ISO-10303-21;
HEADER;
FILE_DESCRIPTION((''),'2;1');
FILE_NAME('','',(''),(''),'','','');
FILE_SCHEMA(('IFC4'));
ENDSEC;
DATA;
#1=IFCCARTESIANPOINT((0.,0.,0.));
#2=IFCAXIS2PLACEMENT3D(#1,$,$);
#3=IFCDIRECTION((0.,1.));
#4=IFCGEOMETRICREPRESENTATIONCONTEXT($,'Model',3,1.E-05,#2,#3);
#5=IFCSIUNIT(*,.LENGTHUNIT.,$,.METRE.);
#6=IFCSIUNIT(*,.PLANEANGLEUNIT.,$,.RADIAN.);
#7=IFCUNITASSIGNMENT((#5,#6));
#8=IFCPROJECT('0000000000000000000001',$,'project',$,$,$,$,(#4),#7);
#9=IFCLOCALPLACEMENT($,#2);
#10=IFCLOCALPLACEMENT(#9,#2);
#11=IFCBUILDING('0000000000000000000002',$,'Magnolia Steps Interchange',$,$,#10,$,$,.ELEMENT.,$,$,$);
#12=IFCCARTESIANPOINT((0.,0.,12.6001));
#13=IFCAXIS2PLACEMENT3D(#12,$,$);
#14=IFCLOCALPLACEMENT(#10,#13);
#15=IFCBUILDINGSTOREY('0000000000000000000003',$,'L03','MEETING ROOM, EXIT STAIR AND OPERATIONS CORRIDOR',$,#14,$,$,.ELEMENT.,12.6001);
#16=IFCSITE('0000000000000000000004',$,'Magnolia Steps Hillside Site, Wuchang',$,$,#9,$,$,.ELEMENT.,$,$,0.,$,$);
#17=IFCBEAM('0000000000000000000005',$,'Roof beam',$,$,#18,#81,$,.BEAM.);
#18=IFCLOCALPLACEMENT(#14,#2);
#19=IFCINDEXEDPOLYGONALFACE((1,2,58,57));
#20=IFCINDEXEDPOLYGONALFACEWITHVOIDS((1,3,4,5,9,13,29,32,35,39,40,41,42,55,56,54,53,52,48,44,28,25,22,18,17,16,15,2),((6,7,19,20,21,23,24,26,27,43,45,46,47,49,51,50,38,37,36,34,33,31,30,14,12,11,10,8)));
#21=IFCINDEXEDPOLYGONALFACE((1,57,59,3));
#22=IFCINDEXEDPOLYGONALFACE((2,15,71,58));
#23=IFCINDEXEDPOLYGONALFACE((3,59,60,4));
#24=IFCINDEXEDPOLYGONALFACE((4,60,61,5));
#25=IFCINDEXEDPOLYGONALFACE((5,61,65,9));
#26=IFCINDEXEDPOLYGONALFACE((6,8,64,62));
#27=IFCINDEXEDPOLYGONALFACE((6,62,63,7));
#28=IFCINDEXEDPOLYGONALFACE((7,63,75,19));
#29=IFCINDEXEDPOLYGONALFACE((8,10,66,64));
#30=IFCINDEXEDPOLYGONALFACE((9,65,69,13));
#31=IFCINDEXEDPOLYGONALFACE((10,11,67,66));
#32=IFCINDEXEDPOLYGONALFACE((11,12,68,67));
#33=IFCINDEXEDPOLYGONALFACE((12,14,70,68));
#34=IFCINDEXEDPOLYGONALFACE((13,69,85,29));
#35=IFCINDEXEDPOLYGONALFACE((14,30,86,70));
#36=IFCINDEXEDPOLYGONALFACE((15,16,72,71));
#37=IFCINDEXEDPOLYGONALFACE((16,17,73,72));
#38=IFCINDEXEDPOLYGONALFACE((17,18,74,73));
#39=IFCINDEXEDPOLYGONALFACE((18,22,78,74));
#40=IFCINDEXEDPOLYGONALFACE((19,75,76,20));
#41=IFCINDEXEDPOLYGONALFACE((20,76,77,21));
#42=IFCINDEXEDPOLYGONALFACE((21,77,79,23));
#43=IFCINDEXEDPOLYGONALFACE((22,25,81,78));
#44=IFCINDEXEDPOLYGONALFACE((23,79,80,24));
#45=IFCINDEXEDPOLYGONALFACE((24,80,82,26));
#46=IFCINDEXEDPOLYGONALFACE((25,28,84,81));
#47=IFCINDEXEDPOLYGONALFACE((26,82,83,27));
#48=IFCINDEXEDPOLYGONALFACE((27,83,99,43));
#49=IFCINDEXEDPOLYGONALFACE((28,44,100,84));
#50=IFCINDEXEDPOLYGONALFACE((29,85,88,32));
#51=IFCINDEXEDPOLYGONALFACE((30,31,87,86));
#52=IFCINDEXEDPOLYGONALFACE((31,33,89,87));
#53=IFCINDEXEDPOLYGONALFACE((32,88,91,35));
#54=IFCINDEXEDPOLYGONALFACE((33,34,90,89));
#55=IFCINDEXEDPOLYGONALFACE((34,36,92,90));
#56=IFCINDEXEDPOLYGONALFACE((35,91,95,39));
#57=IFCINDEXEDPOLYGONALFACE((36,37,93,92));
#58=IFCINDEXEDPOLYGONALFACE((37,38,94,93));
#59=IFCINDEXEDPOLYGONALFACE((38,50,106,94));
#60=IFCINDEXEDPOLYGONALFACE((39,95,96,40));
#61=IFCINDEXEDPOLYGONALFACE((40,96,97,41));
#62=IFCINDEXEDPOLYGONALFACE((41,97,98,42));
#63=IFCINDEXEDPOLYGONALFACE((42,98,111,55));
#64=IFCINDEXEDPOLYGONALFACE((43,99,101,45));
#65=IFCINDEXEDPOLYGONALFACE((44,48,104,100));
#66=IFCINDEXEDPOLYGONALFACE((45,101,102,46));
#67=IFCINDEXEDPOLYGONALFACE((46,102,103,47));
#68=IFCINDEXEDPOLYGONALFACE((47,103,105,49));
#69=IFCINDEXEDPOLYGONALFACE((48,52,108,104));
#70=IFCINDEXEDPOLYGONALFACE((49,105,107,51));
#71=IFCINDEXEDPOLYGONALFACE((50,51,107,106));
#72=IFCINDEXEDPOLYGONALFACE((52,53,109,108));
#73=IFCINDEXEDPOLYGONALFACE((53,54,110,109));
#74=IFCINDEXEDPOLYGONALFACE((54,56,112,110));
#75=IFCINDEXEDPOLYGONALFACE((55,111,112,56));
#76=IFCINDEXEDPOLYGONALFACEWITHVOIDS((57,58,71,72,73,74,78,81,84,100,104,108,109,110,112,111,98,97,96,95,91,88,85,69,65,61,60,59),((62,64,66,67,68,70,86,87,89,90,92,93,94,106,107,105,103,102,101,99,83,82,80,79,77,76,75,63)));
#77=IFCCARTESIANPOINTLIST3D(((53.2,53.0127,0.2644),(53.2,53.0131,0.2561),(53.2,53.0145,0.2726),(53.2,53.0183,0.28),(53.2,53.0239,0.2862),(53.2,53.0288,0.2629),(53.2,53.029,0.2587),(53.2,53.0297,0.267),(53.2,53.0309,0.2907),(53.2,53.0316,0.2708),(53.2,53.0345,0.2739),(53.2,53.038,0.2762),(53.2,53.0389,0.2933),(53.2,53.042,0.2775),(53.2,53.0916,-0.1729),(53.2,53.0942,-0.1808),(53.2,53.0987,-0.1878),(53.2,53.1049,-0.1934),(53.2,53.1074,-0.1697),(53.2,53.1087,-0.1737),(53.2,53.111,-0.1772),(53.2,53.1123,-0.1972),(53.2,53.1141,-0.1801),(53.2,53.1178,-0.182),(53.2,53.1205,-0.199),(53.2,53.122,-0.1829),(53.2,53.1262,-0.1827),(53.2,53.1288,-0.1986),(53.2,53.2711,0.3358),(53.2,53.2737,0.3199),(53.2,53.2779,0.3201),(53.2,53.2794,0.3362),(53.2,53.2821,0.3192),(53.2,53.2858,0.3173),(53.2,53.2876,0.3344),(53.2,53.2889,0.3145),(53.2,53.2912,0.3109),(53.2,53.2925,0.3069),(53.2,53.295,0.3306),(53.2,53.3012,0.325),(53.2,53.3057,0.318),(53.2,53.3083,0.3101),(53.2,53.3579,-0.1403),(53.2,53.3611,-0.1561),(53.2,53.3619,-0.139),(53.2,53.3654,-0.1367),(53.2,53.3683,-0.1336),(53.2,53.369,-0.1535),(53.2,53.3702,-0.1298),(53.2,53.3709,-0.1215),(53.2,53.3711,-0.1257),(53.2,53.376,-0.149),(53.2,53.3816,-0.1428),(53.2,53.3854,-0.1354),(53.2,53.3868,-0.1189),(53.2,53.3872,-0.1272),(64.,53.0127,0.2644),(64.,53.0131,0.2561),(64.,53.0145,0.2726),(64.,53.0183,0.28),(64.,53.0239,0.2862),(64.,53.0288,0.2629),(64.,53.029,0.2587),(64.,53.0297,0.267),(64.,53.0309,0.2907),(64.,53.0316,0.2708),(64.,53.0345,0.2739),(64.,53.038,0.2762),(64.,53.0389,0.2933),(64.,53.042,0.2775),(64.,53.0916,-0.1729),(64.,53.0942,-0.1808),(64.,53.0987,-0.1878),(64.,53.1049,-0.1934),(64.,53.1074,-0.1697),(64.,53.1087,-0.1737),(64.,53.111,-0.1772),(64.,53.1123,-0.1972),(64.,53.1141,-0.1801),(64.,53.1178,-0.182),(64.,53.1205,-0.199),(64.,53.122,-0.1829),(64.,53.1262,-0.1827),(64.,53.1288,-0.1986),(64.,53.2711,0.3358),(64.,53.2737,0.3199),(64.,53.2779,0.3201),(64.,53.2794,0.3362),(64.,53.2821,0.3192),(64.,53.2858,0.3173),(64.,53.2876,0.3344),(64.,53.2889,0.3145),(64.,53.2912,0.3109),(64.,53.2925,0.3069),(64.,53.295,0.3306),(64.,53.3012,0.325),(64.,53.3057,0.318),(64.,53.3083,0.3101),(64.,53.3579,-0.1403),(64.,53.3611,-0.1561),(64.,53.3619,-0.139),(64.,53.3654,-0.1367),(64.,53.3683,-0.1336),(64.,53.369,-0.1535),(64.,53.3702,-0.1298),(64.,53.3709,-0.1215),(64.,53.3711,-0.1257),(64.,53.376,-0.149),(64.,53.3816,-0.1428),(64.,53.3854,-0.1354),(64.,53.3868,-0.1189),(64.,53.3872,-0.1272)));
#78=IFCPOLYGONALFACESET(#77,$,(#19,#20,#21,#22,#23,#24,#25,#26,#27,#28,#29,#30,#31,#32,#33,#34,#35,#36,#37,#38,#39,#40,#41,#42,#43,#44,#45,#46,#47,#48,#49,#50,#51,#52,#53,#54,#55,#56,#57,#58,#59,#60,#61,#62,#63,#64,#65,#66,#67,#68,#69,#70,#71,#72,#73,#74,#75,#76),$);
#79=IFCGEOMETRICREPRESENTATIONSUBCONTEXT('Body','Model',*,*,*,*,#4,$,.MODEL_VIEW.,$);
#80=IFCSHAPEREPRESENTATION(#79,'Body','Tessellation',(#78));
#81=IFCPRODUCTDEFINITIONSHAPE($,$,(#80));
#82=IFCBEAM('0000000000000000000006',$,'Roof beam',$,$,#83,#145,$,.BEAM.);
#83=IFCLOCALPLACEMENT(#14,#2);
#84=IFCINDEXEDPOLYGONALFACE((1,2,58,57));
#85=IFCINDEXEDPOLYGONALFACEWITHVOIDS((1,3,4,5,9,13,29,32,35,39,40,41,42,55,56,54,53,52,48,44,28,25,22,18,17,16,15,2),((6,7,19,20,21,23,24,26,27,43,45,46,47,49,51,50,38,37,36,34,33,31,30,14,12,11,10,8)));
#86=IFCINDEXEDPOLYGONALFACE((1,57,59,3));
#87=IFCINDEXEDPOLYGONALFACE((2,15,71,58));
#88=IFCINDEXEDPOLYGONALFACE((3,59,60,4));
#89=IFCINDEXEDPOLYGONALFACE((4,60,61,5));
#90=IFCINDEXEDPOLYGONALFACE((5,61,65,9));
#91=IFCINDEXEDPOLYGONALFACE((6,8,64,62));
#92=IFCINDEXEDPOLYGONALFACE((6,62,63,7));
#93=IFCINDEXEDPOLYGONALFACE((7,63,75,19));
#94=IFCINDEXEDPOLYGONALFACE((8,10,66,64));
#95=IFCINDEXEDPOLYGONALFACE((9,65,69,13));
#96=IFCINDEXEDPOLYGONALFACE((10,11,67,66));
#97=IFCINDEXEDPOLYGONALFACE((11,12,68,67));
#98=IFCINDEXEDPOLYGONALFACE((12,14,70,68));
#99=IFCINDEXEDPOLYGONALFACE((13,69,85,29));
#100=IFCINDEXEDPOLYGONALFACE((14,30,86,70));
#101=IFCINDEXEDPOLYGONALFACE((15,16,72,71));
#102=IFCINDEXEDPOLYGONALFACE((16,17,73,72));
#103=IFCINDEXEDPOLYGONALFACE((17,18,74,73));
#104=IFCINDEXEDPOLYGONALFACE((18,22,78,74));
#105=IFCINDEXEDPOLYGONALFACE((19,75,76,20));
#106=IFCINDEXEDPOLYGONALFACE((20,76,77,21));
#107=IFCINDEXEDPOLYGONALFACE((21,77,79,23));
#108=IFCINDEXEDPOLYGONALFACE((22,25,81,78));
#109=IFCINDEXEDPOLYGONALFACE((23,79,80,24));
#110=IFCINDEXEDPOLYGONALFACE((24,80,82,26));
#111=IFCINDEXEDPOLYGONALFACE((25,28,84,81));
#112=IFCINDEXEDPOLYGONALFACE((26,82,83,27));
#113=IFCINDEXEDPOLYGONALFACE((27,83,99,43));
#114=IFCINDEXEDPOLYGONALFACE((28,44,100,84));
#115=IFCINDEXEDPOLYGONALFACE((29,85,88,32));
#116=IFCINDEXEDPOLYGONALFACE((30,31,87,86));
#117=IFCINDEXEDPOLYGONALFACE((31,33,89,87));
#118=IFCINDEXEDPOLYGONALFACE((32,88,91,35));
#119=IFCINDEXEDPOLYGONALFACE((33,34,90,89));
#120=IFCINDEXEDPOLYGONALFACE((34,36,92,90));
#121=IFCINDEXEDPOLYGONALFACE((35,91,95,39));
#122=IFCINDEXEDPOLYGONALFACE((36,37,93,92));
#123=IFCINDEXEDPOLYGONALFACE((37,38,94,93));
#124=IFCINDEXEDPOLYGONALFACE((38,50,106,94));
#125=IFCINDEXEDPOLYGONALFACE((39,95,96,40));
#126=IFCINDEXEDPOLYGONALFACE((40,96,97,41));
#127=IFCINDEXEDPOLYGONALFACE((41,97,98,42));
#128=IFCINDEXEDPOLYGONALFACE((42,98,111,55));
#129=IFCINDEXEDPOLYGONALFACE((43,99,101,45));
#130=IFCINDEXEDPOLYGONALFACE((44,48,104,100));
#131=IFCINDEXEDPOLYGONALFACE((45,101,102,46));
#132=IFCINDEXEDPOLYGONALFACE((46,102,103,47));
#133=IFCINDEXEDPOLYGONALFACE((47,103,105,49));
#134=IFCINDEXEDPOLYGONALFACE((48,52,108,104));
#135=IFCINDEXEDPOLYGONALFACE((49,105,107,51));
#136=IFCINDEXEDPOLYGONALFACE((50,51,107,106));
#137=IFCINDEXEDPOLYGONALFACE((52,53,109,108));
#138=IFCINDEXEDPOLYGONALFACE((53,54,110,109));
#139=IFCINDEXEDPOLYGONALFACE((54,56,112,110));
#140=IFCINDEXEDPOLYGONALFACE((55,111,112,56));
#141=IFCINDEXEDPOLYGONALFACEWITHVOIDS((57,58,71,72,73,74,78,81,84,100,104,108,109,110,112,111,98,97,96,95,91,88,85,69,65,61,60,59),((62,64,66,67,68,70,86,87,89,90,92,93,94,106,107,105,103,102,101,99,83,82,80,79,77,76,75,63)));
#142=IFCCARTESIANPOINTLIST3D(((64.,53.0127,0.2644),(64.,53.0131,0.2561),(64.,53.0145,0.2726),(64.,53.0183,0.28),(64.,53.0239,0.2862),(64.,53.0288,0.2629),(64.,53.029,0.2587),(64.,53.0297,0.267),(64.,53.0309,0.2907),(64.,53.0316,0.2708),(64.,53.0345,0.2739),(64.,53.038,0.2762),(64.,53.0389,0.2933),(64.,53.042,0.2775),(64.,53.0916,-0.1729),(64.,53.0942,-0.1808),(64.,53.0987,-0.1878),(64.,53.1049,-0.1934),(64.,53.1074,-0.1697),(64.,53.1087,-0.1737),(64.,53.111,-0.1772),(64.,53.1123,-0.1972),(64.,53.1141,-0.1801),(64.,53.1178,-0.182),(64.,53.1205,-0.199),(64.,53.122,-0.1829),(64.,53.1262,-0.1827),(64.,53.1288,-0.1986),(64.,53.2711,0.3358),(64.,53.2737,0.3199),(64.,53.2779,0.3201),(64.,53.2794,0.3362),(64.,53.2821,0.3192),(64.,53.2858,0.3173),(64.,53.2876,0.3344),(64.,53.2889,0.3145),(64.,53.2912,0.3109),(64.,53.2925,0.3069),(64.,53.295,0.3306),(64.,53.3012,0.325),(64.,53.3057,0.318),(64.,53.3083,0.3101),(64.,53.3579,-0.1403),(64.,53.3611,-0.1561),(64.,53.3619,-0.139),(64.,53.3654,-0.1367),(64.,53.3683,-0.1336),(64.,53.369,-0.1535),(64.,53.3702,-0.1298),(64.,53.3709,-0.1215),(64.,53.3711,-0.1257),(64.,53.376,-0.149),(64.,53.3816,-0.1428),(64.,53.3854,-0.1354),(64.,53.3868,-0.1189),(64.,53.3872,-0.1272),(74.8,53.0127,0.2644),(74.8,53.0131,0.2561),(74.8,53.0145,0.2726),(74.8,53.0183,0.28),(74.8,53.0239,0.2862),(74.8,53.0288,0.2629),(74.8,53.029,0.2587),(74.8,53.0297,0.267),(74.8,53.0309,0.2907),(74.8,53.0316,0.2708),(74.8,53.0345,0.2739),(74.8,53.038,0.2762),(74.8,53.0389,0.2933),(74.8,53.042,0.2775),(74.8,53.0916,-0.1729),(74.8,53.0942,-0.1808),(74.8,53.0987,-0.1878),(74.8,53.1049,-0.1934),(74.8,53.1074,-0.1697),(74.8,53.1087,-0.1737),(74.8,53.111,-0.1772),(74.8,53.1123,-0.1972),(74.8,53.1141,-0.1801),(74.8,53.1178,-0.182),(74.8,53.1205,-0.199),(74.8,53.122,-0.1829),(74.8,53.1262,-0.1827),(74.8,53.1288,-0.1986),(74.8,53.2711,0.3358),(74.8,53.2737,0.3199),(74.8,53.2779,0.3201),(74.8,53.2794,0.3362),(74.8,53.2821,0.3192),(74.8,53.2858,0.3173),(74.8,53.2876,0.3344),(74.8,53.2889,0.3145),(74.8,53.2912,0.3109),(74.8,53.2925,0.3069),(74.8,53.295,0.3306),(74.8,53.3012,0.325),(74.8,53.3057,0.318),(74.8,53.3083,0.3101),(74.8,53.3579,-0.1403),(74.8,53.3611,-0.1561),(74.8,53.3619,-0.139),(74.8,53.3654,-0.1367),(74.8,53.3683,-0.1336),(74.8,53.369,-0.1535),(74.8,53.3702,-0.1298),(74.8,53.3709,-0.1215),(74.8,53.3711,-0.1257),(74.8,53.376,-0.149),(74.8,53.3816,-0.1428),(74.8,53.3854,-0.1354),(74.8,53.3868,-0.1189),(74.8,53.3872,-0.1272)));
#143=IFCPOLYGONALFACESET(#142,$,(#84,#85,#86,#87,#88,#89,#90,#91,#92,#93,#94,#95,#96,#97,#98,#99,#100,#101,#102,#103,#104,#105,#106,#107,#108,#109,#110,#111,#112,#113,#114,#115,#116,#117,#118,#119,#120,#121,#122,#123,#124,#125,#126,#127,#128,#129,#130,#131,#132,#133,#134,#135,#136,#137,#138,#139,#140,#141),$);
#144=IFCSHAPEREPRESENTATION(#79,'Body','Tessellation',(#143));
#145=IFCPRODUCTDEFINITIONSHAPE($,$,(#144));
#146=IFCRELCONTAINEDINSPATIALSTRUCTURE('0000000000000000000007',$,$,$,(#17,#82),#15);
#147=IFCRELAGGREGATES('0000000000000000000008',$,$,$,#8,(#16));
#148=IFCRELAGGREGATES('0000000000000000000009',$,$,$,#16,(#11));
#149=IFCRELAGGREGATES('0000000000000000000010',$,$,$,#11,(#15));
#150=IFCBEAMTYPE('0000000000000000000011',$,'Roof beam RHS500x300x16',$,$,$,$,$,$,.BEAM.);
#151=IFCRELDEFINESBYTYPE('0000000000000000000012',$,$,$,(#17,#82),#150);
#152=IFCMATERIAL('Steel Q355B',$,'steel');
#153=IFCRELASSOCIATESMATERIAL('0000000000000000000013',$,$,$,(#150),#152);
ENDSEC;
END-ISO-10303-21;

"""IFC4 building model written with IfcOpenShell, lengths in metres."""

from ifc_helpers import new_model, si_unit, direction, frame, origin, origin_2d, place, context, subcontext, project, spatial, hollow_rectangle, extrude, material, material_profile, profile_set, type_object, element, save


model = new_model("IFC4")

# Units and contexts
model_context = context("Model", 3, precision=1e-05, world=origin(), true_north=direction((0.0, 1.0)))
body_context = subcontext(model_context, "Body", "Model", "MODEL_VIEW")
ifc_project = project(units=[si_unit("LENGTHUNIT", "METRE"), si_unit("PLANEANGLEUNIT", "RADIAN")], contexts=[model_context])

# Site, building, storey
site_placement = place(None, origin())
site = spatial("IfcSite", under=ifc_project, at=site_placement, Name="Magnolia Steps Hillside Site, Wuchang", CompositionType="ELEMENT", RefElevation=0.0)
building_placement = place(site_placement, origin())
building = spatial("IfcBuilding", under=site, at=building_placement, Name="Magnolia Steps Interchange", CompositionType="ELEMENT")
storey_placement = place(building_placement, frame((0.0, 0.0, 12.6001)))
storey = spatial("IfcBuildingStorey", under=building, at=storey_placement, Name="L03", Description="MEETING ROOM, EXIT STAIR AND OPERATIONS CORRIDOR", CompositionType="ELEMENT", Elevation=12.6001)

# Beams
ifc_material_1 = material(Name="Steel Q355B", Category="steel")
ifc_material_profile_1 = material_profile(ifc_material_1, hollow_rectangle(XDim=0.3, YDim=0.5, WallThickness=0.0161, InnerFilletRadius=0.0161, OuterFilletRadius=0.032, at=origin_2d()), Name="RHS500x300x16")
ifc_profile_set_1 = profile_set([ifc_material_profile_1], Name="Steel Q355B")
beam_type_1 = type_object("IfcBeamType", Name="Roof beam RHS500x300x16", PredefinedType="BEAM", material=ifc_profile_set_1)
for number, where, z_axis, x_axis, name in (
    (1, (53.2, 53.2, 0.0686), (1.0, 0.0, 0.0), (0.0, 0.983677, 0.179941), "Roof beam"),
    (2, (64.0, 53.2, 0.0686), (1.0, 0.0, 0.0), (0.0, 0.983677, 0.179941), "Roof beam"),
):
    element("IfcBeam", number, at=place(storey_placement, frame(where, z_axis=z_axis, x_axis=x_axis)), inside=storey, type_object=beam_type_1, Name=name, PredefinedType="BEAM", context=body_context, shape_type="SweptSolid", body=[
        extrude(hollow_rectangle(XDim=0.3, YDim=0.5, WallThickness=0.0161, InnerFilletRadius=0.0161, OuterFilletRadius=0.032, at=origin_2d()), origin(), (0.0, 0.0, 1.0), 10.8),
    ])

save(model, "model.ifc")
